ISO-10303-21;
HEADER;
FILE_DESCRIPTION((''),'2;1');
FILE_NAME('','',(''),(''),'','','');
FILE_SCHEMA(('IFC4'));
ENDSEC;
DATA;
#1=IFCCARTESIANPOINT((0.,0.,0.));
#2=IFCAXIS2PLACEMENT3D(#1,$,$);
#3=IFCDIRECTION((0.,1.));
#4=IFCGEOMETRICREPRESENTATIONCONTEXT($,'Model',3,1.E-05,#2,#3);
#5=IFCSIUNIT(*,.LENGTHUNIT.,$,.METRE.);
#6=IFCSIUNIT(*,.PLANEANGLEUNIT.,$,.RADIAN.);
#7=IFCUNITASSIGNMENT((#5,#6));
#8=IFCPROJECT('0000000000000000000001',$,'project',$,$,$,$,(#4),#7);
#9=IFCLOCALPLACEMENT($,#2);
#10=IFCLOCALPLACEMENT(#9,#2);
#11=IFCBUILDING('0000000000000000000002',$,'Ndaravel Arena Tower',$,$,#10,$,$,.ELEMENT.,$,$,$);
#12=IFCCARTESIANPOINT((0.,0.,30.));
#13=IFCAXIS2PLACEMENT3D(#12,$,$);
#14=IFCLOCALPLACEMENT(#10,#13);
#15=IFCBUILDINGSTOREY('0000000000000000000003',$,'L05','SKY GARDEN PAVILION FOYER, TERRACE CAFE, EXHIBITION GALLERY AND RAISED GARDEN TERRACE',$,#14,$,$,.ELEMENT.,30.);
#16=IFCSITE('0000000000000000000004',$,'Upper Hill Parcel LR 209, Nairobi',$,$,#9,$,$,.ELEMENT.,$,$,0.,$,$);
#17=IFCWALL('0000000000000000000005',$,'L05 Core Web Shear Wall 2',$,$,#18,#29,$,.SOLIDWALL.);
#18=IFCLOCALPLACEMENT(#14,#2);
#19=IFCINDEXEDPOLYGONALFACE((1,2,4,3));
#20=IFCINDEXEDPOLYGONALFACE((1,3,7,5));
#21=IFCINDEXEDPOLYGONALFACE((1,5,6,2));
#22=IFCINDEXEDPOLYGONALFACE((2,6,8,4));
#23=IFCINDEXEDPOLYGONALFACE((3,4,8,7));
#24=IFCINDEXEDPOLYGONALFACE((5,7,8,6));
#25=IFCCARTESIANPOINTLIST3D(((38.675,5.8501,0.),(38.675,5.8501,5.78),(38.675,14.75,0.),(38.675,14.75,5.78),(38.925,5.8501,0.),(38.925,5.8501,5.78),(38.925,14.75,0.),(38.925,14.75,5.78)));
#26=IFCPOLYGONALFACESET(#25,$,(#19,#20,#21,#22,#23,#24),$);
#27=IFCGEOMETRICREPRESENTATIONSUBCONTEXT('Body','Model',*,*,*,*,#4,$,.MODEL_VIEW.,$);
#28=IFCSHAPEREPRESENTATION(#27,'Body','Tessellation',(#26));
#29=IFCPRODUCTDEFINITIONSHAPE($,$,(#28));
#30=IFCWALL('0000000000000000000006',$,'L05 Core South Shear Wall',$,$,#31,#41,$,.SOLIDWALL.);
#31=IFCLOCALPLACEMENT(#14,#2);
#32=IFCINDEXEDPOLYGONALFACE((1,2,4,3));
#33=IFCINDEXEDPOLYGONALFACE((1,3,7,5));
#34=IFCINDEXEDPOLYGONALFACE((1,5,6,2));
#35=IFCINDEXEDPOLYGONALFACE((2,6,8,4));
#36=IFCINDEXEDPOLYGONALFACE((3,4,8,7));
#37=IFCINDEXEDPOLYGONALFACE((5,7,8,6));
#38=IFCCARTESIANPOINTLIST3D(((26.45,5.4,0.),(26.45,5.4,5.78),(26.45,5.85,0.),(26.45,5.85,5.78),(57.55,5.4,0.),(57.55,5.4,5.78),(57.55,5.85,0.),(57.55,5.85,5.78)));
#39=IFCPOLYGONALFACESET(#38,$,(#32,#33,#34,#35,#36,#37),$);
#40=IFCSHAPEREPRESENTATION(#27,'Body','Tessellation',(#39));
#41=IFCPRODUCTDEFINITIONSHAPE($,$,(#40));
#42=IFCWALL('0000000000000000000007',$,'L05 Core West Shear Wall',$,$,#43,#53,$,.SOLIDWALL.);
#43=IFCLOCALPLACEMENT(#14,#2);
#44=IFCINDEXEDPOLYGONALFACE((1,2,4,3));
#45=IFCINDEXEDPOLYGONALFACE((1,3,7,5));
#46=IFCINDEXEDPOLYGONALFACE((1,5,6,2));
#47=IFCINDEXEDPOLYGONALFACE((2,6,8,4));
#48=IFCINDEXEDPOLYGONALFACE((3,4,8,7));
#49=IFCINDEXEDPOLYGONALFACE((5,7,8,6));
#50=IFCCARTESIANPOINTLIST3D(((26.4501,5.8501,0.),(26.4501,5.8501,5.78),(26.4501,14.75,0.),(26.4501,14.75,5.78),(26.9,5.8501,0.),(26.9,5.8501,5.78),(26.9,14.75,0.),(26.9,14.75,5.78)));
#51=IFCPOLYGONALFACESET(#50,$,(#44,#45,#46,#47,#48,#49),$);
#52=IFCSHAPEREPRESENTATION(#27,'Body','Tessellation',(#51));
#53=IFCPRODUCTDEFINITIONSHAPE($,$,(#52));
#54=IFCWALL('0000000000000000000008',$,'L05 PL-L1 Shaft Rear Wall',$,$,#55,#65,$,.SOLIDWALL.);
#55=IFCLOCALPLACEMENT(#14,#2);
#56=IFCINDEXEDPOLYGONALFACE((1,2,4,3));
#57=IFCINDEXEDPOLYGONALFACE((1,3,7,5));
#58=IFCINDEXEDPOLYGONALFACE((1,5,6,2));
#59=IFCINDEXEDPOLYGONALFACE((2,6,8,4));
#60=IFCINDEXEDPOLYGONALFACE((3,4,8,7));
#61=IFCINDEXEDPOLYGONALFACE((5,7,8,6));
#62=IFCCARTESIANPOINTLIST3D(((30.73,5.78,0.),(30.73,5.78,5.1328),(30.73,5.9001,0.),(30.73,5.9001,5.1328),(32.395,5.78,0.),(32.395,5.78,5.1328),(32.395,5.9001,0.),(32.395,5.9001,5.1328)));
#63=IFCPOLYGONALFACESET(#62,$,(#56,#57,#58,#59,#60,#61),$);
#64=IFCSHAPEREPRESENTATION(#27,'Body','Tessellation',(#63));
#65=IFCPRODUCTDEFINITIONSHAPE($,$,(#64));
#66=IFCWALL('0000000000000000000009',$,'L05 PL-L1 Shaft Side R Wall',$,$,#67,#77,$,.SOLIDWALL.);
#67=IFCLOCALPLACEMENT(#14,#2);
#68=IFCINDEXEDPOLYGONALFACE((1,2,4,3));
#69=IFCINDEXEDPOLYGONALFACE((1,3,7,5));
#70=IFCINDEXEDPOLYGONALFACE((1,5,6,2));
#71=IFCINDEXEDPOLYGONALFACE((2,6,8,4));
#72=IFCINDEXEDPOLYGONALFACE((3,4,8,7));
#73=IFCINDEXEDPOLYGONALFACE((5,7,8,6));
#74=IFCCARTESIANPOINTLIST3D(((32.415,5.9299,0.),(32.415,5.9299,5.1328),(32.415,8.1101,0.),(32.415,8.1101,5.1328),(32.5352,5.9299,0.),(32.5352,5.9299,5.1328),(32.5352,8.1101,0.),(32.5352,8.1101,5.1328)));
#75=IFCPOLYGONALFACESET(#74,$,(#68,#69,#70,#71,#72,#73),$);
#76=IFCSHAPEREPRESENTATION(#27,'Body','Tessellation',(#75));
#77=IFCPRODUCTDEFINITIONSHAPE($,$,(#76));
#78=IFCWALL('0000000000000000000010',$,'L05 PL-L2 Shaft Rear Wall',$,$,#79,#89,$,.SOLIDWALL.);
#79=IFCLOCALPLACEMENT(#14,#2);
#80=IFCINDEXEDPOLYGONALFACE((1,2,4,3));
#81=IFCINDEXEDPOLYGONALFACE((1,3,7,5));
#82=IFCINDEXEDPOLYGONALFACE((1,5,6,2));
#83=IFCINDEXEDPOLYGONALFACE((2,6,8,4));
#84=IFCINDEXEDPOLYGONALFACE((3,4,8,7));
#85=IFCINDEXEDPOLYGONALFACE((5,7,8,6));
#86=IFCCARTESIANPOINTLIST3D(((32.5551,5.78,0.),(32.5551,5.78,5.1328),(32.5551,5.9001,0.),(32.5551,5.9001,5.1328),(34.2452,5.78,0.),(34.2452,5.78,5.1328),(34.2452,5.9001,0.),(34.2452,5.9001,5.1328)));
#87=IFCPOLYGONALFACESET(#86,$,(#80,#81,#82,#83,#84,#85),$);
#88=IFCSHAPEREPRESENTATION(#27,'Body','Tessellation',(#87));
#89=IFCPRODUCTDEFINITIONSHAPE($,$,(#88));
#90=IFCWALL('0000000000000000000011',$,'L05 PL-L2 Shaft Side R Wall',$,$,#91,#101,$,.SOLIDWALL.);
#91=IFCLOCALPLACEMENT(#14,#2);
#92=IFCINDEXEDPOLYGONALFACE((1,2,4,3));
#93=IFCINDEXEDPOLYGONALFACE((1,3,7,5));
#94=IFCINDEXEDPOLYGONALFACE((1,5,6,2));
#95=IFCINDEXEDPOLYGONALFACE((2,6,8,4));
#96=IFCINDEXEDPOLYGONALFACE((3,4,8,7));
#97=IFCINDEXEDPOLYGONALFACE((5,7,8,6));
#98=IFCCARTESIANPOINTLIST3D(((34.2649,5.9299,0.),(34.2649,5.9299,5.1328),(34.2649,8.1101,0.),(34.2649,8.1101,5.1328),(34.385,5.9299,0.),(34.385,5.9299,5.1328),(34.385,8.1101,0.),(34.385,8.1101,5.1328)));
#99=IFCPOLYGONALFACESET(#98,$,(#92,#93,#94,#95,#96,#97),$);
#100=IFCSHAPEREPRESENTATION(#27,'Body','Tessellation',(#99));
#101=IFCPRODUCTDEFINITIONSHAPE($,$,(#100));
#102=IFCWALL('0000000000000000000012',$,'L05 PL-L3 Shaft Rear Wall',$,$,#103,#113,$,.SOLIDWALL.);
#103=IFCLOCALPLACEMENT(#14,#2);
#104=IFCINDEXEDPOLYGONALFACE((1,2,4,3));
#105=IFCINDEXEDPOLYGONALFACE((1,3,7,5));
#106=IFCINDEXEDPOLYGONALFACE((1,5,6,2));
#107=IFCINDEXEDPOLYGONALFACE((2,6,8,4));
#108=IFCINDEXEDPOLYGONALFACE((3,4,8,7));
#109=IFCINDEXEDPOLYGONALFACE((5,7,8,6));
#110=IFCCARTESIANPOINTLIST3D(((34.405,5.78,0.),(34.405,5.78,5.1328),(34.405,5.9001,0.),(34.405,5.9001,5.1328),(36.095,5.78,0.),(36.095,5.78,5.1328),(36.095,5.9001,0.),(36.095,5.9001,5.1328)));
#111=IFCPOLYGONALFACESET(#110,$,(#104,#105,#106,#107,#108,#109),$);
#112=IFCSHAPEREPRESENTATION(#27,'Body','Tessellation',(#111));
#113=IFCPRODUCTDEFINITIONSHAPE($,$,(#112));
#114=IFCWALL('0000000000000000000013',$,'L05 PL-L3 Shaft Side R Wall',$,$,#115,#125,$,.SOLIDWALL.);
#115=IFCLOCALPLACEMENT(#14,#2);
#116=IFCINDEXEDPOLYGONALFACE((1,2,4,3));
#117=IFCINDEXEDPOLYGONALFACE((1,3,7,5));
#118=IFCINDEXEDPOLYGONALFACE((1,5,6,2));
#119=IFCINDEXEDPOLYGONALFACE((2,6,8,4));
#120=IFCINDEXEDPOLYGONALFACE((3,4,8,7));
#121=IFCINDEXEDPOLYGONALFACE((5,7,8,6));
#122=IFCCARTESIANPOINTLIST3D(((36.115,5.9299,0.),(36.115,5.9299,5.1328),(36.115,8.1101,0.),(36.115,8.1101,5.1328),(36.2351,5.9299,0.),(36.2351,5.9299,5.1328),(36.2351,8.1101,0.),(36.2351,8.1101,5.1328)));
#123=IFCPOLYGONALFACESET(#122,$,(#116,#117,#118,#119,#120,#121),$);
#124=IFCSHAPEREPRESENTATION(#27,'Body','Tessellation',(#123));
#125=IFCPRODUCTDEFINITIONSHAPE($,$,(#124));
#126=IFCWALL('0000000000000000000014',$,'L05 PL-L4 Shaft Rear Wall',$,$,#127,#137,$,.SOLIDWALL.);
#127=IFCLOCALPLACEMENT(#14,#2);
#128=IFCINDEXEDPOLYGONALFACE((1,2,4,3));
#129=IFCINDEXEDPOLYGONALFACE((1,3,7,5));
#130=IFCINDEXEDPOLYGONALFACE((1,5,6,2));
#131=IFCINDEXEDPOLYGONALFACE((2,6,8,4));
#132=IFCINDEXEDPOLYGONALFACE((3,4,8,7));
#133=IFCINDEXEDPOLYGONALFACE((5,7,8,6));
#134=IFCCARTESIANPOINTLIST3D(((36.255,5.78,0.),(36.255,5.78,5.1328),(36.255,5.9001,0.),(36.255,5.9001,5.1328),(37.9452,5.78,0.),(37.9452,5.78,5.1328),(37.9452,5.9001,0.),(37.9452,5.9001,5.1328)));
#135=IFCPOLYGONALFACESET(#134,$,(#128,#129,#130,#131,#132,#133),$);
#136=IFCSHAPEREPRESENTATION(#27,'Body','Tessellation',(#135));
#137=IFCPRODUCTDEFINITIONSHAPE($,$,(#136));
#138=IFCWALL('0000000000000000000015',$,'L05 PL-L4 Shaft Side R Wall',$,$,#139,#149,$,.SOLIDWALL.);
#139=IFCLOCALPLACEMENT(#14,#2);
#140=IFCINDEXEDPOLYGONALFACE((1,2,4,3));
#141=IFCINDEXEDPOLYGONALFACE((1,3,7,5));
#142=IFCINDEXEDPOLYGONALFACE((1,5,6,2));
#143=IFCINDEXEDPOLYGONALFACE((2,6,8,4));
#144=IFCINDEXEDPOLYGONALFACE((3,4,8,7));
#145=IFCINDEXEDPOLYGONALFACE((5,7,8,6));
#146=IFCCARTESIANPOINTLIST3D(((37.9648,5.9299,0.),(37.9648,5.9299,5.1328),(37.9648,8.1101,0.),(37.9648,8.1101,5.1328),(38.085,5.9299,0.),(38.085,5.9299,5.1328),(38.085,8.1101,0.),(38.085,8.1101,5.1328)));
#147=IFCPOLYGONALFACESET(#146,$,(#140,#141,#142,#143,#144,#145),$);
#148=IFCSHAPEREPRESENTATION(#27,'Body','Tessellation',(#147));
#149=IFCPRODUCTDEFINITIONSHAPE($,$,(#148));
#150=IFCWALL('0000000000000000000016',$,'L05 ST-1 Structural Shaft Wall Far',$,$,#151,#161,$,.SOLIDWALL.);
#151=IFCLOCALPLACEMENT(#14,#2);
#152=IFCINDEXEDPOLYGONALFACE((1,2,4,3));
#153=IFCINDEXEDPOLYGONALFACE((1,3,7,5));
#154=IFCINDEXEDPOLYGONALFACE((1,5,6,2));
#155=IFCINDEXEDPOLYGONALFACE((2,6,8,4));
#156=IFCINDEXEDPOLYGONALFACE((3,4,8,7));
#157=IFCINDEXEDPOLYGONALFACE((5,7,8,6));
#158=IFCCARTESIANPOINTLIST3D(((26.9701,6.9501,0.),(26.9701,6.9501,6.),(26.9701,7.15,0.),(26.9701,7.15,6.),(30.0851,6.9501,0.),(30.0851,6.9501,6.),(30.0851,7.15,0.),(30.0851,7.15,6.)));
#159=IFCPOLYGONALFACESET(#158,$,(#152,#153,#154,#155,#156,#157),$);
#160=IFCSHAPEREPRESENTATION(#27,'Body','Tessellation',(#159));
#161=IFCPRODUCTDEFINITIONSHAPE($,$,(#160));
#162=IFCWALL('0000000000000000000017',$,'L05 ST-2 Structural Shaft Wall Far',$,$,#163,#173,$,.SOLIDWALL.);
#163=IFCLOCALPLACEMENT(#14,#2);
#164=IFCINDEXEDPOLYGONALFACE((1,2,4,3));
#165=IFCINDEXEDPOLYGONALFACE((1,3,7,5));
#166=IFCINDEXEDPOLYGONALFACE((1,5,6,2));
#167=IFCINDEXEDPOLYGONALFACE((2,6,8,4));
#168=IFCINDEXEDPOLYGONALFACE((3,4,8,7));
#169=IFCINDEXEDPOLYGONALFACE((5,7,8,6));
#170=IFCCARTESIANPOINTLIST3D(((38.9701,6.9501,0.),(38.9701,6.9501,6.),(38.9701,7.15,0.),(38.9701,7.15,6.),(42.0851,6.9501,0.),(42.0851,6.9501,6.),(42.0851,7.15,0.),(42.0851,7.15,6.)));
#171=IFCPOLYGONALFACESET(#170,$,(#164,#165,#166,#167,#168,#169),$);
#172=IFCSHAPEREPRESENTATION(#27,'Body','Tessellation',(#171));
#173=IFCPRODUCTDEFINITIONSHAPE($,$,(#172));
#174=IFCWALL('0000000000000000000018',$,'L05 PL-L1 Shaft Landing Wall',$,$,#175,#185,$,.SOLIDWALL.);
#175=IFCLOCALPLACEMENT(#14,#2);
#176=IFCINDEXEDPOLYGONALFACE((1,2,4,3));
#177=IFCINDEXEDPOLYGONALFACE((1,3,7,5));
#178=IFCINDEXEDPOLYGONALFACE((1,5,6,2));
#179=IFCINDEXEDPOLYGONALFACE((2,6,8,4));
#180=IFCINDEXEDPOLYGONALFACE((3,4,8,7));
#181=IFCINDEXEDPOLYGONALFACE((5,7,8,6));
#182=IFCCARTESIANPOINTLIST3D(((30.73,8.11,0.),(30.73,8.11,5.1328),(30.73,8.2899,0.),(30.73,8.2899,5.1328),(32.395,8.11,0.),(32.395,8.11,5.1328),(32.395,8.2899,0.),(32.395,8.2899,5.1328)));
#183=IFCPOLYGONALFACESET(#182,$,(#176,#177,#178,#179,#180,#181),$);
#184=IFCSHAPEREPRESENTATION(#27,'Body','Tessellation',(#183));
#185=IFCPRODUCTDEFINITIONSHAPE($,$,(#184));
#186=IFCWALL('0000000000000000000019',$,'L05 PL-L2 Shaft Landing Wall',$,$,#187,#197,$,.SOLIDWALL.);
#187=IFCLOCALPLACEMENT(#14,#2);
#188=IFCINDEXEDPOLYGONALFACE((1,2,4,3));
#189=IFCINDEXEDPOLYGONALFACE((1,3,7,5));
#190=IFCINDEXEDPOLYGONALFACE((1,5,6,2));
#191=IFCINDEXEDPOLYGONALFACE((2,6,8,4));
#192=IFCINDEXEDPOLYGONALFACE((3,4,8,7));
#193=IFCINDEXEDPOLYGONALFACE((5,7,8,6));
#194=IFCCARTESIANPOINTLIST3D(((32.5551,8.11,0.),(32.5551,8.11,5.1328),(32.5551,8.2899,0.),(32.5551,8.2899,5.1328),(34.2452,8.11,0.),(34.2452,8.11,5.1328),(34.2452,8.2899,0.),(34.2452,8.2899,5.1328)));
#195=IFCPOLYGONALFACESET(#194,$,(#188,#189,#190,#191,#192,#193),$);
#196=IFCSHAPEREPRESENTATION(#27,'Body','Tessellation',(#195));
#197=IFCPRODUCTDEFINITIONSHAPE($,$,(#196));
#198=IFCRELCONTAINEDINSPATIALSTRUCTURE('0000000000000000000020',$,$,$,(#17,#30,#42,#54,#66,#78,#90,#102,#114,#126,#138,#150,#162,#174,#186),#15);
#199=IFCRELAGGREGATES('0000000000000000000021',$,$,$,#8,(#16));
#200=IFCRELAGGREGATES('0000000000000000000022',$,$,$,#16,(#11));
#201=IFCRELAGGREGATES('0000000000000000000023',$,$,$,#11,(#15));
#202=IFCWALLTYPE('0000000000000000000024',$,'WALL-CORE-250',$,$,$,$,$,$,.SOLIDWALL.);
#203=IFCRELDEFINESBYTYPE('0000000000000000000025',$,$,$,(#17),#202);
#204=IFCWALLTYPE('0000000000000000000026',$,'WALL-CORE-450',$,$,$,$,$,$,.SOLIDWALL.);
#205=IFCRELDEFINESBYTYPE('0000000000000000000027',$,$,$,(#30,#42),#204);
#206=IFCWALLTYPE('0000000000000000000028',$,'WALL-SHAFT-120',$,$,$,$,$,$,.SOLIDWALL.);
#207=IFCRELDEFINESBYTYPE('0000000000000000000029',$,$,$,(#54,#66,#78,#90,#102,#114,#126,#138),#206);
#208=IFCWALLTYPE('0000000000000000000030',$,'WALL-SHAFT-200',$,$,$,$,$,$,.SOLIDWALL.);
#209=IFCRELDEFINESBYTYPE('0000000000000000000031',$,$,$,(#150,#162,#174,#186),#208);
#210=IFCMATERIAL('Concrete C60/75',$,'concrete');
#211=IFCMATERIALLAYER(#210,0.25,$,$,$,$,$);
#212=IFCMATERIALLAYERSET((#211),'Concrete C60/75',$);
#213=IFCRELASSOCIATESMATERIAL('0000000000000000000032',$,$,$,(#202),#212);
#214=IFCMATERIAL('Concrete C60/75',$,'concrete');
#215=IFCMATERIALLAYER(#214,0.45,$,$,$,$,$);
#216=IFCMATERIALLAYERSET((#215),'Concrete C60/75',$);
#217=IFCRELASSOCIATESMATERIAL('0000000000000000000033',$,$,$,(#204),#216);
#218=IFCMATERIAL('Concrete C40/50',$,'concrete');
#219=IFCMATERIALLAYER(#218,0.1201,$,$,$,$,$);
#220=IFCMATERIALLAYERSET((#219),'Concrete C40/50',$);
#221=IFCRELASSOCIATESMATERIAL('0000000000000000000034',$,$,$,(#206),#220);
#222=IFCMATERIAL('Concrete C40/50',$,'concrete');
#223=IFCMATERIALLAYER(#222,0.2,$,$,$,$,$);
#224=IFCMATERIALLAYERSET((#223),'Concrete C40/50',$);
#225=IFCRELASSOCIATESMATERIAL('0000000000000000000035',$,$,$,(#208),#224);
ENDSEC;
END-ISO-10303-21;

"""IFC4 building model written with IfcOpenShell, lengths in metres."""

from ifc_helpers import new_model, si_unit, direction, frame, frame_2d, origin, place, context, subcontext, project, spatial, rectangle, extrude, material, layer, layer_set, type_object, element, save


model = new_model("IFC4")

# Units and contexts
model_context = context("Model", 3, precision=1e-05, world=origin(), true_north=direction((0.0, 1.0)))
body_context = subcontext(model_context, "Body", "Model", "MODEL_VIEW")
ifc_project = project(units=[si_unit("LENGTHUNIT", "METRE"), si_unit("PLANEANGLEUNIT", "RADIAN")], contexts=[model_context])

# Site, building, storey
site_placement = place(None, origin())
site = spatial("IfcSite", under=ifc_project, at=site_placement, Name="Upper Hill Parcel LR 209, Nairobi", CompositionType="ELEMENT", RefElevation=0.0)
building_placement = place(site_placement, origin())
building = spatial("IfcBuilding", under=site, at=building_placement, Name="Ndaravel Arena Tower", CompositionType="ELEMENT")
storey_placement = place(building_placement, frame((0.0, 0.0, 30.0)))
storey = spatial("IfcBuildingStorey", under=building, at=storey_placement, Name="L05", Description="SKY GARDEN PAVILION FOYER, TERRACE CAFE, EXHIBITION GALLERY AND RAISED GARDEN TERRACE", CompositionType="ELEMENT", Elevation=30.0)

# Walls
ifc_material_1 = material(Name="Concrete C60/75", Category="concrete")
ifc_layer_1 = layer(ifc_material_1, 0.25)
ifc_layer_set_1 = layer_set([ifc_layer_1], Name="Concrete C60/75")
wall_type_1 = type_object("IfcWallType", Name="WALL-CORE-250", PredefinedType="SOLIDWALL", material=ifc_layer_set_1)
for number, where, z_axis, x_axis, name in (
    (1, (38.8, 5.8501, 0.0), (0.0, 0.0, 1.0), (0.0, 1.0, 0.0), "L05 Core Web Shear Wall 2"),
):
    element("IfcWall", number, at=place(storey_placement, frame(where, z_axis=z_axis, x_axis=x_axis)), inside=storey, type_object=wall_type_1, Name=name, PredefinedType="SOLIDWALL", context=body_context, shape_type="SweptSolid", body=[
        extrude(rectangle(XDim=8.8999, YDim=0.25, at=frame_2d((4.45, 0.0))), origin(), (0.0, 0.0, 1.0), 5.78),
    ])
ifc_material_2 = material(Name="Concrete C60/75", Category="concrete")
ifc_layer_2 = layer(ifc_material_2, 0.45)
ifc_layer_set_2 = layer_set([ifc_layer_2], Name="Concrete C60/75")
wall_type_2 = type_object("IfcWallType", Name="WALL-CORE-450", PredefinedType="SOLIDWALL", material=ifc_layer_set_2)
wall_1_placement = place(storey_placement, frame((26.45, 5.625, 0.0), z_axis=(0.0, 0.0, 1.0), x_axis=(1.0, 0.0, 0.0)))
element("IfcWall", 2, at=wall_1_placement, inside=storey, type_object=wall_type_2, Name="L05 Core South Shear Wall", PredefinedType="SOLIDWALL", context=body_context, shape_type="SweptSolid", body=[
    extrude(rectangle(XDim=31.1001, YDim=0.45, at=frame_2d((15.55, 0.0))), origin(), (0.0, 0.0, 1.0), 5.78),
])
wall_2_placement = place(storey_placement, frame((26.675, 5.8501, 0.0), z_axis=(0.0, 0.0, 1.0), x_axis=(0.0, 1.0, 0.0)))
element("IfcWall", 3, at=wall_2_placement, inside=storey, type_object=wall_type_2, Name="L05 Core West Shear Wall", PredefinedType="SOLIDWALL", context=body_context, shape_type="SweptSolid", body=[
    extrude(rectangle(XDim=8.8999, YDim=0.45, at=frame_2d((4.45, 0.0))), origin(), (0.0, 0.0, 1.0), 5.78),
])

# Walls
ifc_material_3 = material(Name="Concrete C40/50", Category="concrete")
ifc_layer_3 = layer(ifc_material_3, 0.1201)
ifc_layer_set_3 = layer_set([ifc_layer_3], Name="Concrete C40/50")
wall_type_3 = type_object("IfcWallType", Name="WALL-SHAFT-120", PredefinedType="SOLIDWALL", material=ifc_layer_set_3)
wall_3_placement = place(storey_placement, frame((30.73, 5.8401, 0.0), z_axis=(0.0, 0.0, 1.0), x_axis=(1.0, 0.0, 0.0)))
element("IfcWall", 4, at=wall_3_placement, inside=storey, type_object=wall_type_3, Name="L05 PL-L1 Shaft Rear Wall", PredefinedType="SOLIDWALL", context=body_context, shape_type="SweptSolid", body=[
    extrude(rectangle(XDim=1.665, YDim=0.1201, at=frame_2d((0.8325, 0.0))), origin(), (0.0, 0.0, 1.0), 5.1328),
])
wall_4_placement = place(storey_placement, frame((32.4751, 5.9299, 0.0), z_axis=(0.0, 0.0, 1.0), x_axis=(0.0, 1.0, 0.0)))
element("IfcWall", 5, at=wall_4_placement, inside=storey, type_object=wall_type_3, Name="L05 PL-L1 Shaft Side R Wall", PredefinedType="SOLIDWALL", context=body_context, shape_type="SweptSolid", body=[
    extrude(rectangle(XDim=2.1802, YDim=0.1201, at=frame_2d((1.0901, 0.0))), origin(), (0.0, 0.0, 1.0), 5.1328),
])
wall_5_placement = place(storey_placement, frame((32.5549, 5.8401, 0.0), z_axis=(0.0, 0.0, 1.0), x_axis=(1.0, 0.0, 0.0)))
element("IfcWall", 6, at=wall_5_placement, inside=storey, type_object=wall_type_3, Name="L05 PL-L2 Shaft Rear Wall", PredefinedType="SOLIDWALL", context=body_context, shape_type="SweptSolid", body=[
    extrude(rectangle(XDim=1.6902, YDim=0.1201, at=frame_2d((0.8452, 0.0))), origin(), (0.0, 0.0, 1.0), 5.1328),
])
wall_6_placement = place(storey_placement, frame((34.325, 5.9299, 0.0), z_axis=(0.0, 0.0, 1.0), x_axis=(0.0, 1.0, 0.0)))
element("IfcWall", 7, at=wall_6_placement, inside=storey, type_object=wall_type_3, Name="L05 PL-L2 Shaft Side R Wall", PredefinedType="SOLIDWALL", context=body_context, shape_type="SweptSolid", body=[
    extrude(rectangle(XDim=2.1802, YDim=0.1201, at=frame_2d((1.0901, 0.0))), origin(), (0.0, 0.0, 1.0), 5.1328),
])
wall_7_placement = place(storey_placement, frame((34.405, 5.8401, 0.0), z_axis=(0.0, 0.0, 1.0), x_axis=(1.0, 0.0, 0.0)))
element("IfcWall", 8, at=wall_7_placement, inside=storey, type_object=wall_type_3, Name="L05 PL-L3 Shaft Rear Wall", PredefinedType="SOLIDWALL", context=body_context, shape_type="SweptSolid", body=[
    extrude(rectangle(XDim=1.6899, YDim=0.1201, at=frame_2d((0.845, 0.0))), origin(), (0.0, 0.0, 1.0), 5.1328),
])
wall_8_placement = place(storey_placement, frame((36.175, 5.9299, 0.0), z_axis=(0.0, 0.0, 1.0), x_axis=(0.0, 1.0, 0.0)))
element("IfcWall", 9, at=wall_8_placement, inside=storey, type_object=wall_type_3, Name="L05 PL-L3 Shaft Side R Wall", PredefinedType="SOLIDWALL", context=body_context, shape_type="SweptSolid", body=[
    extrude(rectangle(XDim=2.1802, YDim=0.1201, at=frame_2d((1.0901, 0.0))), origin(), (0.0, 0.0, 1.0), 5.1328),
])
wall_9_placement = place(storey_placement, frame((36.2549, 5.8401, 0.0), z_axis=(0.0, 0.0, 1.0), x_axis=(1.0, 0.0, 0.0)))
element("IfcWall", 10, at=wall_9_placement, inside=storey, type_object=wall_type_3, Name="L05 PL-L4 Shaft Rear Wall", PredefinedType="SOLIDWALL", context=body_context, shape_type="SweptSolid", body=[
    extrude(rectangle(XDim=1.6902, YDim=0.1201, at=frame_2d((0.8452, 0.0))), origin(), (0.0, 0.0, 1.0), 5.1328),
])
wall_10_placement = place(storey_placement, frame((38.0249, 5.9299, 0.0), z_axis=(0.0, 0.0, 1.0), x_axis=(0.0, 1.0, 0.0)))
element("IfcWall", 11, at=wall_10_placement, inside=storey, type_object=wall_type_3, Name="L05 PL-L4 Shaft Side R Wall", PredefinedType="SOLIDWALL", context=body_context, shape_type="SweptSolid", body=[
    extrude(rectangle(XDim=2.1802, YDim=0.1201, at=frame_2d((1.0901, 0.0))), origin(), (0.0, 0.0, 1.0), 5.1328),
])
ifc_material_4 = material(Name="Concrete C40/50", Category="concrete")
ifc_layer_4 = layer(ifc_material_4, 0.2)
ifc_layer_set_4 = layer_set([ifc_layer_4], Name="Concrete C40/50")
wall_type_4 = type_object("IfcWallType", Name="WALL-SHAFT-200", PredefinedType="SOLIDWALL", material=ifc_layer_set_4)
for number, where, z_axis, x_axis, name in (
    (12, (26.97, 7.05, 0.0), (0.0, 0.0, 1.0), (1.0, 0.0, 0.0), "L05 ST-1 Structural Shaft Wall Far"),
    (13, (38.97, 7.05, 0.0), (0.0, 0.0, 1.0), (1.0, 0.0, 0.0), "L05 ST-2 Structural Shaft Wall Far"),
):
    element("IfcWall", number, at=place(storey_placement, frame(where, z_axis=z_axis, x_axis=x_axis)), inside=storey, type_object=wall_type_4, Name=name, PredefinedType="SOLIDWALL", context=body_context, shape_type="SweptSolid", body=[
        extrude(rectangle(XDim=3.115, YDim=0.2, at=frame_2d((1.5576, 0.0))), origin(), (0.0, 0.0, 1.0), 6.0),
    ])
wall_11_placement = place(storey_placement, frame((30.73, 8.2, 0.0), z_axis=(0.0, 0.0, 1.0), x_axis=(1.0, 0.0, 0.0)))
element("IfcWall", 14, at=wall_11_placement, inside=storey, type_object=wall_type_4, Name="L05 PL-L1 Shaft Landing Wall", PredefinedType="SOLIDWALL", context=body_context, shape_type="SweptSolid", body=[
    extrude(rectangle(XDim=1.665, YDim=0.1799, at=frame_2d((0.8325, 0.0))), origin(), (0.0, 0.0, 1.0), 5.1328),
])
wall_12_placement = place(storey_placement, frame((32.5549, 8.2, 0.0), z_axis=(0.0, 0.0, 1.0), x_axis=(1.0, 0.0, 0.0)))
element("IfcWall", 15, at=wall_12_placement, inside=storey, type_object=wall_type_4, Name="L05 PL-L2 Shaft Landing Wall", PredefinedType="SOLIDWALL", context=body_context, shape_type="SweptSolid", body=[
    extrude(rectangle(XDim=1.6902, YDim=0.1799, at=frame_2d((0.8452, 0.0))), origin(), (0.0, 0.0, 1.0), 5.1328),
])

save(model, "model.ifc")
